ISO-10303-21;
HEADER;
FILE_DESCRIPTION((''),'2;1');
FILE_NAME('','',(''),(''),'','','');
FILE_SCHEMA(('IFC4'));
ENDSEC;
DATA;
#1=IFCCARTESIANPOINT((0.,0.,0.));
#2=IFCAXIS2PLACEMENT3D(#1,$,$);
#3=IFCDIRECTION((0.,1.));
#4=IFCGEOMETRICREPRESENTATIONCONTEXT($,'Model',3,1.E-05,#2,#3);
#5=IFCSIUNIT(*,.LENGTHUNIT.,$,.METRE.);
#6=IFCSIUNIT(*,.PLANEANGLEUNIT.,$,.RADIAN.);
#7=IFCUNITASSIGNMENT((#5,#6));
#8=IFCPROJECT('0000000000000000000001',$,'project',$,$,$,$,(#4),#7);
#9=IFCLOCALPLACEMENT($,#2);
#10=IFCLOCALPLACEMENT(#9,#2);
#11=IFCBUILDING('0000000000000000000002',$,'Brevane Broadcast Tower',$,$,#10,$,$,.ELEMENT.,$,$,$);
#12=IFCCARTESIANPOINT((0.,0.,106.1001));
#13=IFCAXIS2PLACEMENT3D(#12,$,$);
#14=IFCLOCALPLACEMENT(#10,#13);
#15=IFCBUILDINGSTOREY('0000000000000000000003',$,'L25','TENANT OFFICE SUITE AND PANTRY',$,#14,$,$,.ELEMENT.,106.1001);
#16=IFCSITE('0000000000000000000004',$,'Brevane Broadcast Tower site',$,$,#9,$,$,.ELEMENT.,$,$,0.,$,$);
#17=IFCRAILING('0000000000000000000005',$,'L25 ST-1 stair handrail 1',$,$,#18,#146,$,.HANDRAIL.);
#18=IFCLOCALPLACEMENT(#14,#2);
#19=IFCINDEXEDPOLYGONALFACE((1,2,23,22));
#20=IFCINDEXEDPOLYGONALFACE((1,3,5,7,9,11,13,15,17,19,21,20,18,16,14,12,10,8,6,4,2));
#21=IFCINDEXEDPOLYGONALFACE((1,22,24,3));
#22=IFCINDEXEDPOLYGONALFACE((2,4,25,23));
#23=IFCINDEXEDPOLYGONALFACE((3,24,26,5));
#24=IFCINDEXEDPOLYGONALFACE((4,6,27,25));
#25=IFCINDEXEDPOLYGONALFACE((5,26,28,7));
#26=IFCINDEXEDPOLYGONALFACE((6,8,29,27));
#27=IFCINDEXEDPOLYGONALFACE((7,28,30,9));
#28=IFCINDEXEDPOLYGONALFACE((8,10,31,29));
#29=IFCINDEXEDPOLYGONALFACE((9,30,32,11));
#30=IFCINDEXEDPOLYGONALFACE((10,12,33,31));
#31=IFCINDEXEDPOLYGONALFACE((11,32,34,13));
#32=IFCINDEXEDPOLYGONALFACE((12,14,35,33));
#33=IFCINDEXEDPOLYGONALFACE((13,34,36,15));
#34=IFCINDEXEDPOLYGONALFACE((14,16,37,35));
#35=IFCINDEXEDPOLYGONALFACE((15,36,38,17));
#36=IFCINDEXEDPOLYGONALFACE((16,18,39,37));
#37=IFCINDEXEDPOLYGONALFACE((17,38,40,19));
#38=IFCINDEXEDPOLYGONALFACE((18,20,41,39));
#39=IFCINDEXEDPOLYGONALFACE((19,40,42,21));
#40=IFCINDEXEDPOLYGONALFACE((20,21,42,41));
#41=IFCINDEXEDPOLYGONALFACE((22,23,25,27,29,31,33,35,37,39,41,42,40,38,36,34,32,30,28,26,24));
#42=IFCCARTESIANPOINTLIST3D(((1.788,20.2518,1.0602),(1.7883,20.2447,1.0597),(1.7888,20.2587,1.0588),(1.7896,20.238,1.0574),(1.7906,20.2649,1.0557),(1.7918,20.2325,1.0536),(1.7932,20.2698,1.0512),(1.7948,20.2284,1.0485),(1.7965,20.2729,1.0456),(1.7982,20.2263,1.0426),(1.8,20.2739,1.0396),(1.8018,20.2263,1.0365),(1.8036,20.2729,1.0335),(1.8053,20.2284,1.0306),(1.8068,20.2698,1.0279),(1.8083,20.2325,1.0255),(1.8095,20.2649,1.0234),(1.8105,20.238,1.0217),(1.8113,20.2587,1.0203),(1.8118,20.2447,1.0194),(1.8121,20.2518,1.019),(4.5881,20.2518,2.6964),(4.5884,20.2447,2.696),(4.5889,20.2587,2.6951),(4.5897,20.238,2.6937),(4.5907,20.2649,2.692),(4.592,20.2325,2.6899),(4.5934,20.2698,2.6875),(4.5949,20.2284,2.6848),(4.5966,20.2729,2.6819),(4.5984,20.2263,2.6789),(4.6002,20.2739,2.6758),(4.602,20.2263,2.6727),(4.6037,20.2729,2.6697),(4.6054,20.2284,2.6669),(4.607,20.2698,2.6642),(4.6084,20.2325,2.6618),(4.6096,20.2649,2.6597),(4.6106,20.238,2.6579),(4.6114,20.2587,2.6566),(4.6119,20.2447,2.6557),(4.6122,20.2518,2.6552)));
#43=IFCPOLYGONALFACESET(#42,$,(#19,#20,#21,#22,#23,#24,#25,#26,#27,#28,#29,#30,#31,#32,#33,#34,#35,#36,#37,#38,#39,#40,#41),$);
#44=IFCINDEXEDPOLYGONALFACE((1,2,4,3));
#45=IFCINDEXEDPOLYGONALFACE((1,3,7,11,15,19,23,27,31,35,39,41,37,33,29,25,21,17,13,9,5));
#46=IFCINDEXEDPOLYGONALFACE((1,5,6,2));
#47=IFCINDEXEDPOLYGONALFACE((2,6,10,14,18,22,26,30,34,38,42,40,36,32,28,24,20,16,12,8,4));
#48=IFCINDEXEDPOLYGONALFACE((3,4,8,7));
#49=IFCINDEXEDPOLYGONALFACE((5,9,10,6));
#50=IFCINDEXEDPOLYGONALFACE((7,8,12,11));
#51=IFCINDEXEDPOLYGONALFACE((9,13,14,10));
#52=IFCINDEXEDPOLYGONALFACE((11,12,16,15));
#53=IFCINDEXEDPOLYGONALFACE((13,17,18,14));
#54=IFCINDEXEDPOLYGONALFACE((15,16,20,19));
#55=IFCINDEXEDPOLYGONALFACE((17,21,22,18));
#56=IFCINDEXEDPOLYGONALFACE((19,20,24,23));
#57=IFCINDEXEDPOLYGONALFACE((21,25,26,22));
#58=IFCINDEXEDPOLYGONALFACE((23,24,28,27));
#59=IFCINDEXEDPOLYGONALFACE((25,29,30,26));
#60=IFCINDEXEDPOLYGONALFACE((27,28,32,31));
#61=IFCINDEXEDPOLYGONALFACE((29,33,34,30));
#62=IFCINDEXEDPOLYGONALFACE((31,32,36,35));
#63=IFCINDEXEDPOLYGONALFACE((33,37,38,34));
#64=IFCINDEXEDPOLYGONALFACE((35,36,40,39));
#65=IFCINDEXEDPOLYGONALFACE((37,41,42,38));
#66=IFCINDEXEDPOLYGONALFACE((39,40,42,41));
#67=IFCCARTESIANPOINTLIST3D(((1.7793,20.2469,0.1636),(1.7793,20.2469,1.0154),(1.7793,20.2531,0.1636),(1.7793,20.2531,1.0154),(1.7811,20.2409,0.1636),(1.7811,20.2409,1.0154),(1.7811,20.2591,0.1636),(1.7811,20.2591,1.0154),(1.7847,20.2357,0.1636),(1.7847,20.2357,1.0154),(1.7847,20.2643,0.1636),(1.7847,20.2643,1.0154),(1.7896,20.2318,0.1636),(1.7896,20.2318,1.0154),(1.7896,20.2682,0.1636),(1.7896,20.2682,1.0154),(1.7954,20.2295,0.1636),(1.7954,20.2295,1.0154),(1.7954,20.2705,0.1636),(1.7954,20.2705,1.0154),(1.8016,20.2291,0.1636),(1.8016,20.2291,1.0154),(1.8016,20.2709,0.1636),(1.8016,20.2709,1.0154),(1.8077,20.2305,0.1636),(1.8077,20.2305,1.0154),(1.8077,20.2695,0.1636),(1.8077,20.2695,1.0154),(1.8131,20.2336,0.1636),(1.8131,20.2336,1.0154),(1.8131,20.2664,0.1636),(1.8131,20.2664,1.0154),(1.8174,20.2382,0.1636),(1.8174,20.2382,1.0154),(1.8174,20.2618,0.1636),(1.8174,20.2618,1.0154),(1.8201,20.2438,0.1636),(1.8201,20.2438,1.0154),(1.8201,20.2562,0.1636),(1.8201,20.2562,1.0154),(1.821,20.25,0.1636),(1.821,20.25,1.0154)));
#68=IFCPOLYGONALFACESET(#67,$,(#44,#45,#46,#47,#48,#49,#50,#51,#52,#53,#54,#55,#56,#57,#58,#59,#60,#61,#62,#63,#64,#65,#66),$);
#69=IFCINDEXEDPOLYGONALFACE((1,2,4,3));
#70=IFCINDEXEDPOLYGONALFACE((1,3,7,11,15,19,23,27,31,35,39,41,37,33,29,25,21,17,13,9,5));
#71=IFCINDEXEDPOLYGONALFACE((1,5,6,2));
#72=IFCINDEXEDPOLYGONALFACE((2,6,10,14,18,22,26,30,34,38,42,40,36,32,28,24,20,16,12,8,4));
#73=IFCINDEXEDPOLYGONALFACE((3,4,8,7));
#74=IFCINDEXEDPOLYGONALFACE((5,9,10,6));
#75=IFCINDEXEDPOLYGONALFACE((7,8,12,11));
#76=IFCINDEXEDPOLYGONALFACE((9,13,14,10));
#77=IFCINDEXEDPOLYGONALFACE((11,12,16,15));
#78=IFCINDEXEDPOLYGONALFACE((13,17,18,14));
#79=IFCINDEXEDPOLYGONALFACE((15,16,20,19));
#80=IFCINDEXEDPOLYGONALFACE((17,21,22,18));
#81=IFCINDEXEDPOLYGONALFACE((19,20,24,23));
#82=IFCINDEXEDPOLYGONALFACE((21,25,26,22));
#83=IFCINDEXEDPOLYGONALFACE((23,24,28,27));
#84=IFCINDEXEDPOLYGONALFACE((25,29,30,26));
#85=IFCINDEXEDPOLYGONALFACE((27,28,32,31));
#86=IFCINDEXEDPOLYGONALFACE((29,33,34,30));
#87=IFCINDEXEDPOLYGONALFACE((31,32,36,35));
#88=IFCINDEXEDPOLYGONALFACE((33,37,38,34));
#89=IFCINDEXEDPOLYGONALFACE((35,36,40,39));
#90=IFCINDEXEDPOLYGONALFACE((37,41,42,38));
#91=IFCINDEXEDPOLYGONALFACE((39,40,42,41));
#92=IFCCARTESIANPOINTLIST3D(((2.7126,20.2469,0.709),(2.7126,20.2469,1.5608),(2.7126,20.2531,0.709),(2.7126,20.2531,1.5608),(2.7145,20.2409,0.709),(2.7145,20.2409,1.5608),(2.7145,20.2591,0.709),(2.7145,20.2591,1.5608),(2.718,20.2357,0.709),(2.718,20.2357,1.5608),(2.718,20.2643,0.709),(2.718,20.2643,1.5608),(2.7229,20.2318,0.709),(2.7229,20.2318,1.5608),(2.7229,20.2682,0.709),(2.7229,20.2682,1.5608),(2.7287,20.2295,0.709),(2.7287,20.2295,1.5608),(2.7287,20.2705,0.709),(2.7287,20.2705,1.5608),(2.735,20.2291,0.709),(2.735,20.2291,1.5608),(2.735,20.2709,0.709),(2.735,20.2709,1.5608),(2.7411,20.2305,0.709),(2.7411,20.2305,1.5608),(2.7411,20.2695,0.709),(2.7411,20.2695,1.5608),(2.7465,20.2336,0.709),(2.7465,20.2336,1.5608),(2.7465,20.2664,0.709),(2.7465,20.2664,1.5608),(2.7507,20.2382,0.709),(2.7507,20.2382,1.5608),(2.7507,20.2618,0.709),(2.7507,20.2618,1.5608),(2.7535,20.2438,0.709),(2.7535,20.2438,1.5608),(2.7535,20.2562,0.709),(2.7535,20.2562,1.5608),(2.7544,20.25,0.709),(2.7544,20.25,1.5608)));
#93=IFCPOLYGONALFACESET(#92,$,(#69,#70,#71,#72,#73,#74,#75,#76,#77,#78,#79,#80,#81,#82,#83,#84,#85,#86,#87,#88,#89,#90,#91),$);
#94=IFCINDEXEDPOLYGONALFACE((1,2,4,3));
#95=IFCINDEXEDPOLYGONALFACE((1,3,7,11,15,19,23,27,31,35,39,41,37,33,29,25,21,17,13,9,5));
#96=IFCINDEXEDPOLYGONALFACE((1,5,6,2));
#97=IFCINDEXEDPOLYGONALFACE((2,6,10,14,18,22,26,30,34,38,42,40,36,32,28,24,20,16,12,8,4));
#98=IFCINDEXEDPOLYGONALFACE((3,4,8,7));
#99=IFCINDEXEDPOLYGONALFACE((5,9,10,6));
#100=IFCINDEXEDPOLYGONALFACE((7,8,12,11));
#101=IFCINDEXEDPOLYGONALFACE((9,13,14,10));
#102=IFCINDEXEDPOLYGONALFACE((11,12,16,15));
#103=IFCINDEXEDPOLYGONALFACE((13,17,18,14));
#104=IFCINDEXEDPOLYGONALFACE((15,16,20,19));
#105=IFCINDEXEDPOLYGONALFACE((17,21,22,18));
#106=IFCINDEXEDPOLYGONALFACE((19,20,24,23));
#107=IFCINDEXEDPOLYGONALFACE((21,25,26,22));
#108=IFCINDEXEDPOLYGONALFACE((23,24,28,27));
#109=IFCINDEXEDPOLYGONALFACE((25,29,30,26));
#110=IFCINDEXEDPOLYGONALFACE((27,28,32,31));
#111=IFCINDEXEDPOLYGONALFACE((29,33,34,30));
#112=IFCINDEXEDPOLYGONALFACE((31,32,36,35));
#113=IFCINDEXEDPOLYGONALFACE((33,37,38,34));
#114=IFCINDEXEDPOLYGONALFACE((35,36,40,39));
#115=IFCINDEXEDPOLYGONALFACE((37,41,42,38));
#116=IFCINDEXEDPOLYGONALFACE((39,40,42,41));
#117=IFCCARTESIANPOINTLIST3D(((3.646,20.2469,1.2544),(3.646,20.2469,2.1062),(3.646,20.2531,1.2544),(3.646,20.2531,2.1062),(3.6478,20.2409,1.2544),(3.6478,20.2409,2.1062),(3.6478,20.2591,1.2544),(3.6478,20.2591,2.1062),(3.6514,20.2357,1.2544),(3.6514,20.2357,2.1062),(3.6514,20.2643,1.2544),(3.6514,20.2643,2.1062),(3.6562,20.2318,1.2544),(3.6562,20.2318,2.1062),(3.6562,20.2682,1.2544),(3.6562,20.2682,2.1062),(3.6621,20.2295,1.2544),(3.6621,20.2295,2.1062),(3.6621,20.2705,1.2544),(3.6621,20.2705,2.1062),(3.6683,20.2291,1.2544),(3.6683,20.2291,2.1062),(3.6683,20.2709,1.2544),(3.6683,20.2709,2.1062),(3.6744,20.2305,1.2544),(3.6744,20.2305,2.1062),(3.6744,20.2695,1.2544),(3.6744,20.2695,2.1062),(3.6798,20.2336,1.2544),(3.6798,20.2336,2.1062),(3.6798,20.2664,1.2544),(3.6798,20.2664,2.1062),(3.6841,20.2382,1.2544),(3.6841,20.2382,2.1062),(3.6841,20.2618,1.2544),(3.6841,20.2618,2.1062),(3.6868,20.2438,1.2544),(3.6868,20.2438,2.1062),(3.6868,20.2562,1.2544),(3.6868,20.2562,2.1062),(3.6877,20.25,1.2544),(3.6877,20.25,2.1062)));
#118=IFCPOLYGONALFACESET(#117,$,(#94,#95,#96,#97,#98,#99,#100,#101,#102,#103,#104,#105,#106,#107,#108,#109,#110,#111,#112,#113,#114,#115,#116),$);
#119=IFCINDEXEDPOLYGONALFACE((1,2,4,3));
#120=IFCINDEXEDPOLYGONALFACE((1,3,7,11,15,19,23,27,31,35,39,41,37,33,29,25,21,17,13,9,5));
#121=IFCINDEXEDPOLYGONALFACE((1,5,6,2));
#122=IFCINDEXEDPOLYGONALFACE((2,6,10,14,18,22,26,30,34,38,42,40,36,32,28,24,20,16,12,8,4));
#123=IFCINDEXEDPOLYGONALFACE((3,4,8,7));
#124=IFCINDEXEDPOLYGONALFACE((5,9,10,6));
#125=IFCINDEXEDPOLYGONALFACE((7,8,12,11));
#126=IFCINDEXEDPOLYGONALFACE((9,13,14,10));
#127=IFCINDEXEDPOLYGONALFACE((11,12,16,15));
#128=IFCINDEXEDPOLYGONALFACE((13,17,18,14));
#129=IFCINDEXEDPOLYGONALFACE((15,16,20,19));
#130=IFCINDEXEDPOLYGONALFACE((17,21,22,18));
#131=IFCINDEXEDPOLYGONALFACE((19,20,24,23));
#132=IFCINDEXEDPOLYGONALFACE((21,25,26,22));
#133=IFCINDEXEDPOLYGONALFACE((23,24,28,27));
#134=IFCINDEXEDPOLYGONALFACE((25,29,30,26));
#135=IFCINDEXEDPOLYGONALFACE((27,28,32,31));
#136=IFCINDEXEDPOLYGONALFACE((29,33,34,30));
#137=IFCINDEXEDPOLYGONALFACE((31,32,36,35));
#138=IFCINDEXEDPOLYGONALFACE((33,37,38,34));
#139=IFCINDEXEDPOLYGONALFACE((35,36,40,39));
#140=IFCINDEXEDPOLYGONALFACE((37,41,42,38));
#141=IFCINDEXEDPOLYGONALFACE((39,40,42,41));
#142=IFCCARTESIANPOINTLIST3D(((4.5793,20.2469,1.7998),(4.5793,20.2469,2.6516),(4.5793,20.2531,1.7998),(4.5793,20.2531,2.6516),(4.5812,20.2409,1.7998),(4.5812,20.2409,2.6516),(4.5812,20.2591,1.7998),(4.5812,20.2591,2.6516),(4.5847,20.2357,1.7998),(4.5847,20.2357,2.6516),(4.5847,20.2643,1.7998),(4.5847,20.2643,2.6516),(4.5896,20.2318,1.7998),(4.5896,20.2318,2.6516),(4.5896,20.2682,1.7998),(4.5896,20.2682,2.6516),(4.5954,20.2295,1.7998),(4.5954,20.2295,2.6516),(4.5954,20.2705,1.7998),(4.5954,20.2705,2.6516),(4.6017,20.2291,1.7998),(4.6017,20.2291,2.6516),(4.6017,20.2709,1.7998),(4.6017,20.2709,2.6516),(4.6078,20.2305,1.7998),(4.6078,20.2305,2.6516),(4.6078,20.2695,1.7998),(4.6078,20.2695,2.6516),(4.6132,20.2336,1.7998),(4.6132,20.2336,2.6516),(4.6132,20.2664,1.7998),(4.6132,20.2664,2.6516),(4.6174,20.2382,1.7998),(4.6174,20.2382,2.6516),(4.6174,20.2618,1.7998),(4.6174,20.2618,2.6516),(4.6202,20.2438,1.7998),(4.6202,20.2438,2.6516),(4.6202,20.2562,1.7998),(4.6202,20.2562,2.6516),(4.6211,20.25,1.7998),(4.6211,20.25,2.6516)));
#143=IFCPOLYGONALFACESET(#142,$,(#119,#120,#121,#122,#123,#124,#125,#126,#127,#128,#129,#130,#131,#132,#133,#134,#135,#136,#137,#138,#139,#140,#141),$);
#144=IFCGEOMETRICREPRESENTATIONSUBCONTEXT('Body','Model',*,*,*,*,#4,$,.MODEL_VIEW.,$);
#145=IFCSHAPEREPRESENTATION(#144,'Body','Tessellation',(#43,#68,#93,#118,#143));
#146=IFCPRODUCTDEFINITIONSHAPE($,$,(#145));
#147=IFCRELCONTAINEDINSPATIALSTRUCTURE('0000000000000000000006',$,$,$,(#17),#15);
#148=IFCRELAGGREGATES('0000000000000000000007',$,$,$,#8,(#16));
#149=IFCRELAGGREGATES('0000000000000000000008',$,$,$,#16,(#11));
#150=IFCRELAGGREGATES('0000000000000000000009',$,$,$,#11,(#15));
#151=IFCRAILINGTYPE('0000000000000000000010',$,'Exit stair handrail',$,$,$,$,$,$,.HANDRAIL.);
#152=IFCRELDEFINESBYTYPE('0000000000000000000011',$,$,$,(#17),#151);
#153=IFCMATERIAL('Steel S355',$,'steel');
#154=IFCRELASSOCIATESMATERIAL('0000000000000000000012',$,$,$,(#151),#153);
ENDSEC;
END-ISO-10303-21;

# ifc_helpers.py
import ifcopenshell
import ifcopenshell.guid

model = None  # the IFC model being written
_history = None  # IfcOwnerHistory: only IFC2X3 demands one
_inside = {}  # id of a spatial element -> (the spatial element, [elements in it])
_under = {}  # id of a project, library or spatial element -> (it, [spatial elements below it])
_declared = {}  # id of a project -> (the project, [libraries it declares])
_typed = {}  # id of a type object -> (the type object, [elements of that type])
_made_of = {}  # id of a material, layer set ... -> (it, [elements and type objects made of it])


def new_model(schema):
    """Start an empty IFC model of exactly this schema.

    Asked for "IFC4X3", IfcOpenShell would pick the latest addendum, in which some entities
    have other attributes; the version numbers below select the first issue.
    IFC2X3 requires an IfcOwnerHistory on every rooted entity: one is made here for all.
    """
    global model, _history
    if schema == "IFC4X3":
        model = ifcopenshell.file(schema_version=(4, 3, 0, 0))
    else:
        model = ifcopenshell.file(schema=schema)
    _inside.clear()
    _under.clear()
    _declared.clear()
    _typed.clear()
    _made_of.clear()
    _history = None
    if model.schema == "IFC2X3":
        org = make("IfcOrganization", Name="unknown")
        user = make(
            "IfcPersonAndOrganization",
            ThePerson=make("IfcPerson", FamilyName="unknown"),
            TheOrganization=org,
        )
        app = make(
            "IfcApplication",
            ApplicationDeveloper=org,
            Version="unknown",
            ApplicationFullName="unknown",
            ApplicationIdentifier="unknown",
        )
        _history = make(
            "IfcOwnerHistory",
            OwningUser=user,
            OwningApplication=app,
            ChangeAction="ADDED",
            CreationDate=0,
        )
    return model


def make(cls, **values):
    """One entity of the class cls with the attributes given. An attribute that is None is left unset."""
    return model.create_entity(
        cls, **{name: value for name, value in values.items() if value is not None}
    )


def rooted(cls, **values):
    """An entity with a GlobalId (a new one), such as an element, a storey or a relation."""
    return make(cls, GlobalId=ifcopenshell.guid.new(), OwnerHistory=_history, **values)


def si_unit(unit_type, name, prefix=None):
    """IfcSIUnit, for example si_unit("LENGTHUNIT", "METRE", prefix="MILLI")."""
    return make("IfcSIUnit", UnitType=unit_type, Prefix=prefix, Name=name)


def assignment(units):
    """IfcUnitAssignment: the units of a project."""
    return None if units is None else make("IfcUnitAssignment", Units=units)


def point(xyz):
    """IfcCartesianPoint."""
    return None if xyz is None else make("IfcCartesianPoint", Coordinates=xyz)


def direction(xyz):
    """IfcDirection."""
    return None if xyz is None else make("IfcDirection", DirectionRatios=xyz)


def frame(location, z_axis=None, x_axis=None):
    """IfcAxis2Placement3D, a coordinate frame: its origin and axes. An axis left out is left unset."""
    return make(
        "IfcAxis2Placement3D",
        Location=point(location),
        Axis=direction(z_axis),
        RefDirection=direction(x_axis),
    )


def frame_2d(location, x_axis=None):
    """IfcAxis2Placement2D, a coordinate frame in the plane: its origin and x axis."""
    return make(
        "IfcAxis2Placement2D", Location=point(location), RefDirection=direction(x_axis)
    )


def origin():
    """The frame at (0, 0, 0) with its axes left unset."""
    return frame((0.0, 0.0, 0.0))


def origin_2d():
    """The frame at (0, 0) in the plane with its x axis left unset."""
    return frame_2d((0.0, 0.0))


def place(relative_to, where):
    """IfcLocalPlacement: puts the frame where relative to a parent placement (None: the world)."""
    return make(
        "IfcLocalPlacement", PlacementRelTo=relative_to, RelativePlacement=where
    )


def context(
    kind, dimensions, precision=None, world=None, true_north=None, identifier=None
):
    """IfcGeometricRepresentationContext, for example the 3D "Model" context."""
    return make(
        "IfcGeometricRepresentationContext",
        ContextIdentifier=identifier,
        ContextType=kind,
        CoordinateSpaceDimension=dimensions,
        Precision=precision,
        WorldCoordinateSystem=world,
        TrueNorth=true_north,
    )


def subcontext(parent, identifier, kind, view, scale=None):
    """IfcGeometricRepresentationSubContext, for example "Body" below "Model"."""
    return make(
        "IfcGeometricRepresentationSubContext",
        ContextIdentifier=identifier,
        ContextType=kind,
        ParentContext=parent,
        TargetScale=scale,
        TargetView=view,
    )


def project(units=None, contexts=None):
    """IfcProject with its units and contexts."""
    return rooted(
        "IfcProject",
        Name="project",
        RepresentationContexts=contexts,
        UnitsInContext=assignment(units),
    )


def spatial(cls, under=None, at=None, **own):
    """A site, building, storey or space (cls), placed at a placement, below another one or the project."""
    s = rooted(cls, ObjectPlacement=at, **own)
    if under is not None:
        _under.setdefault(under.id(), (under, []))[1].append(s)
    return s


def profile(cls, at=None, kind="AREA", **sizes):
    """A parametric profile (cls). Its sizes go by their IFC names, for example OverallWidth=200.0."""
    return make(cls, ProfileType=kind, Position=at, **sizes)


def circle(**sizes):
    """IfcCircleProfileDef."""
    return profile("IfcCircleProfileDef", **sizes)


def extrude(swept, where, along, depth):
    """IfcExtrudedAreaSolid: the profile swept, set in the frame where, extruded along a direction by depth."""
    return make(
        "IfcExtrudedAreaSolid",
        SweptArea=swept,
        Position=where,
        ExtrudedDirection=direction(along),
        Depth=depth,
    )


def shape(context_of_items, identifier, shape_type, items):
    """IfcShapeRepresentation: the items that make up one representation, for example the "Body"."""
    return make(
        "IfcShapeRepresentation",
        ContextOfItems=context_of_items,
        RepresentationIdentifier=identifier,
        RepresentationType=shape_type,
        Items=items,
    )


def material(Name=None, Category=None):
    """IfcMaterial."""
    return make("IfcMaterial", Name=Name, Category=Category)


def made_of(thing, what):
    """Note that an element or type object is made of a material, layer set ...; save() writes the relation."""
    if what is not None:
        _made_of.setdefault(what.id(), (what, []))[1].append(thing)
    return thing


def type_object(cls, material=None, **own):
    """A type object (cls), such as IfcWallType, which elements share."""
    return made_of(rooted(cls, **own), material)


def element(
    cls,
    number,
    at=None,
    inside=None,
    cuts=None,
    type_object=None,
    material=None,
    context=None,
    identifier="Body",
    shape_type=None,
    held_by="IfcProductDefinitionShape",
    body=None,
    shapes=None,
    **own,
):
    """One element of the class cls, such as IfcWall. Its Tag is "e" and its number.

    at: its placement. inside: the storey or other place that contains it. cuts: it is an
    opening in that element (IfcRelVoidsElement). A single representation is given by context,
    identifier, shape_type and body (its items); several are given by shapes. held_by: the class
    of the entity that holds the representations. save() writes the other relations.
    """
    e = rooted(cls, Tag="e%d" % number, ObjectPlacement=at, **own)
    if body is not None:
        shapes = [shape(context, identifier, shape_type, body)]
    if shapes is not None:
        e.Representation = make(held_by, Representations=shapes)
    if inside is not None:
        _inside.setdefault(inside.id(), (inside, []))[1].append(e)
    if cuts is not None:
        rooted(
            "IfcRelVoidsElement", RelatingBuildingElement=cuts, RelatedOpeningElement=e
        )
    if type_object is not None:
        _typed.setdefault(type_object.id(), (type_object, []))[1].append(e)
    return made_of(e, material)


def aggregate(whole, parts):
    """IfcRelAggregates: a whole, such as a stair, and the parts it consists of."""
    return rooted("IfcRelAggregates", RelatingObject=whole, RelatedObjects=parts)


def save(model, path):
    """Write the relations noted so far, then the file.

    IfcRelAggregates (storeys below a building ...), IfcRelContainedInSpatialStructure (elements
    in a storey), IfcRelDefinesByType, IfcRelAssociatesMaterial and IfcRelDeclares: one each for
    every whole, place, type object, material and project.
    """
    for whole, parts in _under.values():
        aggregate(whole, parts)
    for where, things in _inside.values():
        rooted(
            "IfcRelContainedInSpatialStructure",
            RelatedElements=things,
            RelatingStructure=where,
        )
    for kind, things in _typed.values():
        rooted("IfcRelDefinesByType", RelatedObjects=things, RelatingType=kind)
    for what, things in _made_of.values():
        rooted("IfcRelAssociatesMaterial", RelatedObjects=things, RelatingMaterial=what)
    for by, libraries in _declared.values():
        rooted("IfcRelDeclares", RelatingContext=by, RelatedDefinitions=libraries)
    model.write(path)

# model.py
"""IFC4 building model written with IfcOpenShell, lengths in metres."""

from ifc_helpers import new_model, si_unit, direction, frame, origin, origin_2d, place, context, subcontext, project, spatial, circle, extrude, material, type_object, element, save


model = new_model("IFC4")

# Units and contexts
model_context = context("Model", 3, precision=1e-05, world=origin(), true_north=direction((0.0, 1.0)))
body_context = subcontext(model_context, "Body", "Model", "MODEL_VIEW")
ifc_project = project(units=[si_unit("LENGTHUNIT", "METRE"), si_unit("PLANEANGLEUNIT", "RADIAN")], contexts=[model_context])

# Site, building, storey
site_placement = place(None, origin())
site = spatial("IfcSite", under=ifc_project, at=site_placement, Name="Brevane Broadcast Tower site", CompositionType="ELEMENT", RefElevation=0.0)
building_placement = place(site_placement, origin())
building = spatial("IfcBuilding", under=site, at=building_placement, Name="Brevane Broadcast Tower", CompositionType="ELEMENT")
storey_placement = place(building_placement, frame((0.0, 0.0, 106.1001)))
storey = spatial("IfcBuildingStorey", under=building, at=storey_placement, Name="L25", Description="TENANT OFFICE SUITE AND PANTRY", CompositionType="ELEMENT", Elevation=106.1001)

# Railing
ifc_material_1 = material(Name="Steel S355", Category="steel")
railing_type_1 = type_object("IfcRailingType", Name="Exit stair handrail", PredefinedType="HANDRAIL", material=ifc_material_1)
railing_1_placement = place(storey_placement, frame((1.8, 20.25, 0.1636)))
element("IfcRailing", 1, at=railing_1_placement, inside=storey, type_object=railing_type_1, Name="L25 ST-1 stair handrail 1", PredefinedType="HANDRAIL", context=body_context, shape_type="SweptSolid", body=[
    extrude(circle(Radius=0.0239, at=origin_2d()), frame((0.0, 0.0, 0.876), z_axis=(0.863394, 0.0, 0.504531), x_axis=(0.0, 1.0, 0.0)), (0.0, 0.0, 1.0), 3.2432),
    extrude(circle(Radius=0.021, at=origin_2d()), origin(), (0.0, 0.0, 1.0), 0.8518),
    extrude(circle(Radius=0.021, at=origin_2d()), frame((0.9333, 0.0, 0.5454)), (0.0, 0.0, 1.0), 0.8518),
    extrude(circle(Radius=0.021, at=origin_2d()), frame((1.8667, 0.0, 1.0908)), (0.0, 0.0, 1.0), 0.8518),
    extrude(circle(Radius=0.021, at=origin_2d()), frame((2.8, 0.0, 1.6362)), (0.0, 0.0, 1.0), 0.8518),
])

save(model, "model.ifc")
